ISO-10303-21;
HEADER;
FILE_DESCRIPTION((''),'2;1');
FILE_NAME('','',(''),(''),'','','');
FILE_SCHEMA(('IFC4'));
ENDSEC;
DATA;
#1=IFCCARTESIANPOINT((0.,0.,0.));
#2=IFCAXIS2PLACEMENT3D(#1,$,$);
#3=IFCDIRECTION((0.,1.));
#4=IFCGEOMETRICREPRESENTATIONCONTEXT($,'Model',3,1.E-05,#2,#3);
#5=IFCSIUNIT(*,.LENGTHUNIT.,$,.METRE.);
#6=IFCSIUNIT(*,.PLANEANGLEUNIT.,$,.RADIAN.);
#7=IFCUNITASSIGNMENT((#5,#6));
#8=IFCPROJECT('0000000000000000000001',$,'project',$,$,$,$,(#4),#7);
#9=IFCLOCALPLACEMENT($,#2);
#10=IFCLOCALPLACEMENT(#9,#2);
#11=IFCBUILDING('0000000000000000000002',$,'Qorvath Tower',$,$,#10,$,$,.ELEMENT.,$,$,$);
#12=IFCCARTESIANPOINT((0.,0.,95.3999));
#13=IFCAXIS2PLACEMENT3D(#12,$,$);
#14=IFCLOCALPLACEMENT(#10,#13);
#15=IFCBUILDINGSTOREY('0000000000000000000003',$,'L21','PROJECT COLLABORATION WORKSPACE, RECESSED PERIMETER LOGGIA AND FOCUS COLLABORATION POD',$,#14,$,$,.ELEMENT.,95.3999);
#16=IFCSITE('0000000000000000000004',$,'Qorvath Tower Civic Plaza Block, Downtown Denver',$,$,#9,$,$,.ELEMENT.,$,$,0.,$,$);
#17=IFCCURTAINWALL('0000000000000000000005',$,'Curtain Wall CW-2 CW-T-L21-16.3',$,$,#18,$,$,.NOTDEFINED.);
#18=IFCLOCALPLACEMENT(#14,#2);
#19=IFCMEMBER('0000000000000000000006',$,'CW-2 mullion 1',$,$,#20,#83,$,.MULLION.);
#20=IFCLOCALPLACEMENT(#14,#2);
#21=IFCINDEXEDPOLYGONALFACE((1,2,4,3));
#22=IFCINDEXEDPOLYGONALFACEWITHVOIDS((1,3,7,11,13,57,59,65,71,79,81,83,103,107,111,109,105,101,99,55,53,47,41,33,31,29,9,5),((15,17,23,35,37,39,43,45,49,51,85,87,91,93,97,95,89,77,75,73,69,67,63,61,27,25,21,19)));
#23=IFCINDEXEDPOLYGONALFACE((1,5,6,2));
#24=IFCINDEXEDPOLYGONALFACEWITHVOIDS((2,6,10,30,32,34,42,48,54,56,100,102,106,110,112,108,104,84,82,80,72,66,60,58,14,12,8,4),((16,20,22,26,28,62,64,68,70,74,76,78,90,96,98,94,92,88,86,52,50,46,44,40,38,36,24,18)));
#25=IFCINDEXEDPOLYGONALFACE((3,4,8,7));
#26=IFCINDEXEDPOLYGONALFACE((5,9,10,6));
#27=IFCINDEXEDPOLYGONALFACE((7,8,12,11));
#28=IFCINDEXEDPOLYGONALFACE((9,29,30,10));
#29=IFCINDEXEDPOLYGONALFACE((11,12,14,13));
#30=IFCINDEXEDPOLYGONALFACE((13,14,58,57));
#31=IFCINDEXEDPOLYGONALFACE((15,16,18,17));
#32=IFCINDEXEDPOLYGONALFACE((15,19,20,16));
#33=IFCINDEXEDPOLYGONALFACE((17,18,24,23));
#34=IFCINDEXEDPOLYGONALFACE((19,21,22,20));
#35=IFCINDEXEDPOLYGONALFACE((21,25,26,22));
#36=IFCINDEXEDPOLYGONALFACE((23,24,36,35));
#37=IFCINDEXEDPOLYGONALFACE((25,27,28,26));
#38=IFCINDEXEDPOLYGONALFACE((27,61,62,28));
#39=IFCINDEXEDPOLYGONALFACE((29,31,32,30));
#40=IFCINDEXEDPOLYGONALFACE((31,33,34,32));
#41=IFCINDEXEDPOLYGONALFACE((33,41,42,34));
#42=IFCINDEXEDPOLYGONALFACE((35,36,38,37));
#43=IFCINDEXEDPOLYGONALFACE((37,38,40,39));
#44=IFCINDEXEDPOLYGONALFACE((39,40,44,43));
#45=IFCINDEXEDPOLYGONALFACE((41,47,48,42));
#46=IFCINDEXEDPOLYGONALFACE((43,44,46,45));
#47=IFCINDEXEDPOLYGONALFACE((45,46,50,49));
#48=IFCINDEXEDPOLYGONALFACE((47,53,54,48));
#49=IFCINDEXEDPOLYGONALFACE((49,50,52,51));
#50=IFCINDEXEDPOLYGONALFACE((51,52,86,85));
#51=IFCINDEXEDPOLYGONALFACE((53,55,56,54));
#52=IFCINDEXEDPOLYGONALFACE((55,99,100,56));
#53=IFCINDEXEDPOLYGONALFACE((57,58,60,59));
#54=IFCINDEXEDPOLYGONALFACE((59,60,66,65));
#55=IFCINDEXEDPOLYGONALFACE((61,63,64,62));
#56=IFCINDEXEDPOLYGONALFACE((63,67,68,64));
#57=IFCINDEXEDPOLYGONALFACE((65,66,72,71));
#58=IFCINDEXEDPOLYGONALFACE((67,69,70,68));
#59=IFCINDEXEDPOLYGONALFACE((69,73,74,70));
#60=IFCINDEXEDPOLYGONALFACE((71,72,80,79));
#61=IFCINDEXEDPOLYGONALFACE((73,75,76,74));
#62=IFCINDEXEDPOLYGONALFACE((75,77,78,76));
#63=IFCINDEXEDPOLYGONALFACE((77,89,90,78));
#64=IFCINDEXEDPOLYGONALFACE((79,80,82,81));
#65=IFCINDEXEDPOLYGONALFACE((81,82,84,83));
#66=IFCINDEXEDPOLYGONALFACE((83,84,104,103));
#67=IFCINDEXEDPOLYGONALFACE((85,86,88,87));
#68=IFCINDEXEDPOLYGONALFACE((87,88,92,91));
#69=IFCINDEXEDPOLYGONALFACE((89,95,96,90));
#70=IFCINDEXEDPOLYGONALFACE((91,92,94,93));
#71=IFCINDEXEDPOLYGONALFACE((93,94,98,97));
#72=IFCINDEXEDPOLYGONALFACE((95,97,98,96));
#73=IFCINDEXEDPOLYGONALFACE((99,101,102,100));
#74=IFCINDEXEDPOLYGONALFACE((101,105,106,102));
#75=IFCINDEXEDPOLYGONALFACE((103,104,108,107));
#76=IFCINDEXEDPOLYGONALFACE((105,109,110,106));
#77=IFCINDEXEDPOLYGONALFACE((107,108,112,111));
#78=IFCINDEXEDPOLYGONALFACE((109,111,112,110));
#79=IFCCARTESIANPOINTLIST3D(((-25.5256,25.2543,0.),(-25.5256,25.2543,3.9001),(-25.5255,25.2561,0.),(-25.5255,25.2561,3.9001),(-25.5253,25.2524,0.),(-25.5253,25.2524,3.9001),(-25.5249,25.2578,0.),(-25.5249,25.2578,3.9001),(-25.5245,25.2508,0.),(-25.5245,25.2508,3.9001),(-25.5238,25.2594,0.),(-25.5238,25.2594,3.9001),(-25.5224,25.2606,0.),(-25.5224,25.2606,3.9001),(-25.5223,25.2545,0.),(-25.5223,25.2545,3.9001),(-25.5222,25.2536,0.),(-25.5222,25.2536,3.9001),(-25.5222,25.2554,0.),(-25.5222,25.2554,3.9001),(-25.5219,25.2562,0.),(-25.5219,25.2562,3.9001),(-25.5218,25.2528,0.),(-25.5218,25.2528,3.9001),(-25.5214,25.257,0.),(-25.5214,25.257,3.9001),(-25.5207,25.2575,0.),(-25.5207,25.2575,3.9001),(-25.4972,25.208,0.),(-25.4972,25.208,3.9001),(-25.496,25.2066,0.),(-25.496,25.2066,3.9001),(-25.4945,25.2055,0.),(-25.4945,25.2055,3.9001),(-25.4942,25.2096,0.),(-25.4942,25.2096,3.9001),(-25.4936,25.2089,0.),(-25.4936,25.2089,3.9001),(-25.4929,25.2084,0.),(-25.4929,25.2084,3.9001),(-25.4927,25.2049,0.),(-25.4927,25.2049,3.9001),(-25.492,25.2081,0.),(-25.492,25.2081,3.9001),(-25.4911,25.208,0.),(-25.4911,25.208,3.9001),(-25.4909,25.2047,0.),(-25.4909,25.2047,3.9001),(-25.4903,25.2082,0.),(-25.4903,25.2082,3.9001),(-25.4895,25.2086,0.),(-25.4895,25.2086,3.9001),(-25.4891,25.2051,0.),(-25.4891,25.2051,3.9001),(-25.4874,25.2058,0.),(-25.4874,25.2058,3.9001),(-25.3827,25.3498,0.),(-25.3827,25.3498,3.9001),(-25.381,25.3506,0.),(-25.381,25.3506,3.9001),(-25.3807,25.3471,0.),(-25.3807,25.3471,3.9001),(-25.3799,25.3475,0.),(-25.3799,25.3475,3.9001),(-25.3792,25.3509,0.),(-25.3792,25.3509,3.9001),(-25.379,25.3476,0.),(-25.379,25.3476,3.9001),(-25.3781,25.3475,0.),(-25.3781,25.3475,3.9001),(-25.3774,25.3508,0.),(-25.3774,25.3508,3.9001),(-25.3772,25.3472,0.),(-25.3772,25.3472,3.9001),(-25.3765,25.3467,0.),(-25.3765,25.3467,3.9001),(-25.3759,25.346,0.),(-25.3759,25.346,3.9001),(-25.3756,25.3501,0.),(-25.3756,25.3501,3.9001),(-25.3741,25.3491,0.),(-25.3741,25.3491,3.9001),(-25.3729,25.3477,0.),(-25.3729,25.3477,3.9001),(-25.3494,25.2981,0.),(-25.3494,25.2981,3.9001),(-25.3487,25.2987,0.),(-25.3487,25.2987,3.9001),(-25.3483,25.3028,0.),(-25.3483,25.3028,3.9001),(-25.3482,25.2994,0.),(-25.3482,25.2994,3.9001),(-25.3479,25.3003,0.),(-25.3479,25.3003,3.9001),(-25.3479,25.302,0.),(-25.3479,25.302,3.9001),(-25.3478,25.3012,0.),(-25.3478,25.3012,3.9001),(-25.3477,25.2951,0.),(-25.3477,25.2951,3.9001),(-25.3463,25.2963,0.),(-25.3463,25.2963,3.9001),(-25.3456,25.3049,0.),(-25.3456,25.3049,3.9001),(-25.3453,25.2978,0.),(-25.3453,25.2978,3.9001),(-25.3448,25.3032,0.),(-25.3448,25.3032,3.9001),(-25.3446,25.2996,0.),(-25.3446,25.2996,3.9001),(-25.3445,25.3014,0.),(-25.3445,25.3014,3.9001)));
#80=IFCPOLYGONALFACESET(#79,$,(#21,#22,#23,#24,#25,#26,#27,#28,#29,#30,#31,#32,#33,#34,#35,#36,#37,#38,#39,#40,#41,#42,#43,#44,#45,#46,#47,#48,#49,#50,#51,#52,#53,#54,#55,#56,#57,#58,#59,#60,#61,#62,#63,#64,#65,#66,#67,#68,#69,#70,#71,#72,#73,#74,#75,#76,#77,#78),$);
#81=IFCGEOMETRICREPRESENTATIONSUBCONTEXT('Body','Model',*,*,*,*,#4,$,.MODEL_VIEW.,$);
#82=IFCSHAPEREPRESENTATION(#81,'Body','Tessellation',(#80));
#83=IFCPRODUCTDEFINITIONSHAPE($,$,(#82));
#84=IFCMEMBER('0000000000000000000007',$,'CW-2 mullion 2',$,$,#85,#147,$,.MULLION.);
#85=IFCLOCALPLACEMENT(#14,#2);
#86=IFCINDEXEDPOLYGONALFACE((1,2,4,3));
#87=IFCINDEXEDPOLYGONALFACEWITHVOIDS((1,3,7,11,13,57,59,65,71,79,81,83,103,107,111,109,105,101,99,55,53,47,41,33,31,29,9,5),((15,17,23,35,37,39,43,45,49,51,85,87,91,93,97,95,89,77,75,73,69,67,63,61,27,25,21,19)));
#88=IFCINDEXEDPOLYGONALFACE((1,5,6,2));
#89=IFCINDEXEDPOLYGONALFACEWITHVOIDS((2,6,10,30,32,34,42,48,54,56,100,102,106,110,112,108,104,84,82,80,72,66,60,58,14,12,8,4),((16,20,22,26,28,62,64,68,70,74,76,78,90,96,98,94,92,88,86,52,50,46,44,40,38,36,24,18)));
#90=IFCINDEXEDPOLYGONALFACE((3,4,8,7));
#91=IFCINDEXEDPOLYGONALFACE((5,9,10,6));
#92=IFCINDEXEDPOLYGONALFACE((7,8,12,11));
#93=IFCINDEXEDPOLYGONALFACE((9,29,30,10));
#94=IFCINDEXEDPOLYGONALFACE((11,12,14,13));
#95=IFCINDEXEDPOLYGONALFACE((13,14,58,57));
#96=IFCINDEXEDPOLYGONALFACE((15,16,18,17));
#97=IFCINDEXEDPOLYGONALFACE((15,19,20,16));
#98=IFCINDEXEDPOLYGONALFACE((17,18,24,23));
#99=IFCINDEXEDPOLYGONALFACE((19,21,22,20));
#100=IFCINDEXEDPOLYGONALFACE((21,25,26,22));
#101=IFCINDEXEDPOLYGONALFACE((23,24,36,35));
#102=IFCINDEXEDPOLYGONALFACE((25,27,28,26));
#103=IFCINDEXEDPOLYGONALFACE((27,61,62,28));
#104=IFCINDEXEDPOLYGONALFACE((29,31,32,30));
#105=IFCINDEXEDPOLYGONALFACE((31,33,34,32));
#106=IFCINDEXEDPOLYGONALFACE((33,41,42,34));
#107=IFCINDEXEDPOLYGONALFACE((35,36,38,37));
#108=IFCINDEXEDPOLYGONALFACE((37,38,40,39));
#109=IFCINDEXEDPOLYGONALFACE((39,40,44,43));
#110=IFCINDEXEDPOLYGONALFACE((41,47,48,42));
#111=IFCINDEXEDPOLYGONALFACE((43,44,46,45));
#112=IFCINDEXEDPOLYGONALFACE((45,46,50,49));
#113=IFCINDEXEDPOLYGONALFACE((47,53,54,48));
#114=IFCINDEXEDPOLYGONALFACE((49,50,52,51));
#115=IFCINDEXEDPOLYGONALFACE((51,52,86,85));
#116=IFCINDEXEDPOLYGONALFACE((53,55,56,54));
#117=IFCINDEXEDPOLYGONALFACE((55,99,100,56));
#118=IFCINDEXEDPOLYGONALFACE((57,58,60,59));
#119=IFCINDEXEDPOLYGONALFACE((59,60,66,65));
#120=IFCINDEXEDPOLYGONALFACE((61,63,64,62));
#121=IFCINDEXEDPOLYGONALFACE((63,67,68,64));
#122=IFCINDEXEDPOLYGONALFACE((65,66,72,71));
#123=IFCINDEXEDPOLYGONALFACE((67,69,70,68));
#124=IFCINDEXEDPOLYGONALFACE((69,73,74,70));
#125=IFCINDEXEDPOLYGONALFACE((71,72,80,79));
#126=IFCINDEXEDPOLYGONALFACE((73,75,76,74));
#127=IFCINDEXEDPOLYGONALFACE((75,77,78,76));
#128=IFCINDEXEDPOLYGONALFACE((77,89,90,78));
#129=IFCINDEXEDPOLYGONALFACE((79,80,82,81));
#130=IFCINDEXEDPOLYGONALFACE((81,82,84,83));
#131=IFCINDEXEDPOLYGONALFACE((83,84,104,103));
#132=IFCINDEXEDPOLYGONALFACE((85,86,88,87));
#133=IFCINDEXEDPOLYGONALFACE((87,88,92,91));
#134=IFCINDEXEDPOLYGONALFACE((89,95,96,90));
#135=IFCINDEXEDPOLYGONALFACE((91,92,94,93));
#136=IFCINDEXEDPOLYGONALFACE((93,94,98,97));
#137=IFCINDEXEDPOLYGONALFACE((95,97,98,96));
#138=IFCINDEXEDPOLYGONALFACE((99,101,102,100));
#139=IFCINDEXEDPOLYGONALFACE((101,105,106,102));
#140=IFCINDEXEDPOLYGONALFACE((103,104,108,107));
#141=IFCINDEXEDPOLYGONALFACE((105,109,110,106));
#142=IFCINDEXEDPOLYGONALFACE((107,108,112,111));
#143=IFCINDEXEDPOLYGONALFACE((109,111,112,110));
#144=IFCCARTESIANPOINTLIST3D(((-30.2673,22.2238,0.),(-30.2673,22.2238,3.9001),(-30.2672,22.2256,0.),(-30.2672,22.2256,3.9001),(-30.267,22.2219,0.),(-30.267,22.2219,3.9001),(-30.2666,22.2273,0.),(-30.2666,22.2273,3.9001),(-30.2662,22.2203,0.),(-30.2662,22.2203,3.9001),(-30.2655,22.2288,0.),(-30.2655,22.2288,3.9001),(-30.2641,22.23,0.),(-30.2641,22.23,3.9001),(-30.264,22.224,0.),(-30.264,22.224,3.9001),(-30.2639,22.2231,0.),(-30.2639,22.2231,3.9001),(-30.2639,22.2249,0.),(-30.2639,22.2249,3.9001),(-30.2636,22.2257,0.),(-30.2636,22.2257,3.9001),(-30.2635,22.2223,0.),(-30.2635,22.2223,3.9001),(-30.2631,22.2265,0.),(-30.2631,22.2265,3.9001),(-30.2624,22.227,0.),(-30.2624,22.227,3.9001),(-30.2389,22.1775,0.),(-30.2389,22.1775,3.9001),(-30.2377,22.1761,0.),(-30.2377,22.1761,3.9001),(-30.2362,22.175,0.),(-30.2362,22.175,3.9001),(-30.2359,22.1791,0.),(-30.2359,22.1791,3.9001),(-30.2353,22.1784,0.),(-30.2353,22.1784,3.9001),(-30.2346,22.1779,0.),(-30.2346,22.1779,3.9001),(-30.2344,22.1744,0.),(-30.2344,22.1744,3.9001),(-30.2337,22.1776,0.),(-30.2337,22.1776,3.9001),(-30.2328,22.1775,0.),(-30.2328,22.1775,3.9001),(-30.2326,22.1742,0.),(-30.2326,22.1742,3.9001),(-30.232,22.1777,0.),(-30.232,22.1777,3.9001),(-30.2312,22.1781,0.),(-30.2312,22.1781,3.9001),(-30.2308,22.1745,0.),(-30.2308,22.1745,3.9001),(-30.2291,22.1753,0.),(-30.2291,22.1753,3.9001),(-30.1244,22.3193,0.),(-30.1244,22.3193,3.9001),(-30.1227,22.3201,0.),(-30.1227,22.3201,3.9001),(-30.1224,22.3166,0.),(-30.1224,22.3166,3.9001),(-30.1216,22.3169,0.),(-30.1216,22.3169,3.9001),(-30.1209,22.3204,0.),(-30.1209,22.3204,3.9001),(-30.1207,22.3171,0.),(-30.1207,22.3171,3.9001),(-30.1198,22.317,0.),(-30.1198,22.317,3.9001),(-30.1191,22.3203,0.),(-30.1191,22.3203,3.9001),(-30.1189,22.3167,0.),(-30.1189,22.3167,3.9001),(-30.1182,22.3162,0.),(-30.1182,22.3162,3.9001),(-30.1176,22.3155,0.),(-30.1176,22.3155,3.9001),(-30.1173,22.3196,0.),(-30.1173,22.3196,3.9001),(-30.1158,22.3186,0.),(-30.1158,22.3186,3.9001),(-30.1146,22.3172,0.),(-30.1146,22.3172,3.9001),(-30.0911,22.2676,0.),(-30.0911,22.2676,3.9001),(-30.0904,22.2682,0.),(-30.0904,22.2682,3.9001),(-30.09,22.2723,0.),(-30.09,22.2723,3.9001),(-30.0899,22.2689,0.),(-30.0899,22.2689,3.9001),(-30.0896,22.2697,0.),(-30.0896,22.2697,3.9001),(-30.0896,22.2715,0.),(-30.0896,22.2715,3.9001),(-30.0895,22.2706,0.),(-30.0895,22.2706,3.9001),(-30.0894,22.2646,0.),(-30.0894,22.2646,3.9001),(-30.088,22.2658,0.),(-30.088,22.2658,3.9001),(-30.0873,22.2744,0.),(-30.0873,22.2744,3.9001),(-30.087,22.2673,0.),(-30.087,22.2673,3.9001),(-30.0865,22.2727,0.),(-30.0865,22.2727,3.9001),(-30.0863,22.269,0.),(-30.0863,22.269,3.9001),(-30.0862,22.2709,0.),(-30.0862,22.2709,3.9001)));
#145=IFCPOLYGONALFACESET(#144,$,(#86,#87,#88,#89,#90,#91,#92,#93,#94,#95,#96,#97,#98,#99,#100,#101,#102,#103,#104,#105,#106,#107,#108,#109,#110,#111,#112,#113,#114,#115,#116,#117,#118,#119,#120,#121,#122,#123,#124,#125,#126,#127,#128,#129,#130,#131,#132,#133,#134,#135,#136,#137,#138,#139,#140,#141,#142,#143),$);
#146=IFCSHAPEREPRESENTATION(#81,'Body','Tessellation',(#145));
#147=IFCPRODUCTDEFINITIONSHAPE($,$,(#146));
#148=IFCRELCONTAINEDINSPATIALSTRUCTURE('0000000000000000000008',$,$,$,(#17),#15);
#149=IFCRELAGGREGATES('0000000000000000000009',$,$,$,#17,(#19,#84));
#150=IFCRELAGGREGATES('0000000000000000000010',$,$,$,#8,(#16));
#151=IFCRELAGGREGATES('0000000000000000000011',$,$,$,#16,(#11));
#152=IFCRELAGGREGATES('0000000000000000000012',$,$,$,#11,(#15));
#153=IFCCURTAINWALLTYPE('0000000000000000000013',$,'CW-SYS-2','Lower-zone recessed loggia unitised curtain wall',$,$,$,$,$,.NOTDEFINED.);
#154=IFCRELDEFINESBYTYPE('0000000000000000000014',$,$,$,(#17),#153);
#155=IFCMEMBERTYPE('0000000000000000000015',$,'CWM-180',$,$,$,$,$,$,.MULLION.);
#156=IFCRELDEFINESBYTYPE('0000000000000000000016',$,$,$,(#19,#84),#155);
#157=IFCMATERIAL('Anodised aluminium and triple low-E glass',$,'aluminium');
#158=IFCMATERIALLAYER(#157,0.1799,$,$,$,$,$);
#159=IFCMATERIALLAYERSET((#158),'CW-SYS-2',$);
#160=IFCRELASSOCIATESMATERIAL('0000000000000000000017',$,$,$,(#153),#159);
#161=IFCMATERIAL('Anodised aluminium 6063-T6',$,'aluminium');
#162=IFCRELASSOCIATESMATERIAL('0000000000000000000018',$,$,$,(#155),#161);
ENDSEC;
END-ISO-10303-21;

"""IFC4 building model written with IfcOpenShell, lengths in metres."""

from ifc_helpers import new_model, si_unit, direction, frame, origin, origin_2d, place, context, subcontext, project, spatial, hollow_rectangle, extrude, material, layer, layer_set, material_profile, profile_set, type_object, element, aggregate, save


model = new_model("IFC4")

# Units and contexts
model_context = context("Model", 3, precision=1e-05, world=origin(), true_north=direction((0.0, 1.0)))
body_context = subcontext(model_context, "Body", "Model", "MODEL_VIEW")
ifc_project = project(units=[si_unit("LENGTHUNIT", "METRE"), si_unit("PLANEANGLEUNIT", "RADIAN")], contexts=[model_context])

# Site, building, storey
site_placement = place(None, origin())
site = spatial("IfcSite", under=ifc_project, at=site_placement, Name="Qorvath Tower Civic Plaza Block, Downtown Denver", CompositionType="ELEMENT", RefElevation=0.0)
building_placement = place(site_placement, origin())
building = spatial("IfcBuilding", under=site, at=building_placement, Name="Qorvath Tower", CompositionType="ELEMENT")
storey_placement = place(building_placement, frame((0.0, 0.0, 95.3999)))
storey = spatial("IfcBuildingStorey", under=building, at=storey_placement, Name="L21", Description="PROJECT COLLABORATION WORKSPACE, RECESSED PERIMETER LOGGIA AND FOCUS COLLABORATION POD", CompositionType="ELEMENT", Elevation=95.3999)

# Curtain wall, members
ifc_material_1 = material(Name="Anodised aluminium and triple low-E glass", Category="aluminium")
ifc_layer_1 = layer(ifc_material_1, 0.1799)
ifc_layer_set_1 = layer_set([ifc_layer_1], Name="CW-SYS-2")
curtain_wall_type = type_object("IfcCurtainWallType", Name="CW-SYS-2", Description="Lower-zone recessed loggia unitised curtain wall", PredefinedType="NOTDEFINED", material=ifc_layer_set_1)
ifc_material_2 = material(Name="Anodised aluminium 6063-T6", Category="aluminium")
ifc_material_profile_1 = material_profile(ifc_material_2, hollow_rectangle(XDim=0.0649, YDim=0.1799, WallThickness=0.0034, InnerFilletRadius=0.0034, OuterFilletRadius=0.0071, at=origin_2d()), Name="CWM 180x65")
ifc_profile_set_1 = profile_set([ifc_material_profile_1], Name="Anodised aluminium 6063-T6")
member_type_1 = type_object("IfcMemberType", Name="CWM-180", PredefinedType="MULLION", material=ifc_profile_set_1)
curtain_wall_1_placement = place(storey_placement, origin())
curtain_wall_1 = element("IfcCurtainWall", 1, at=curtain_wall_1_placement, inside=storey, type_object=curtain_wall_type, Name="Curtain Wall CW-2 CW-T-L21-16.3", PredefinedType="NOTDEFINED")
member_1_placement = place(storey_placement, frame((-25.4351, 25.2778, 0.0), z_axis=(0.0, 0.0, 1.0), x_axis=(0.538541, -0.842599, 0.0)))
member_1 = element("IfcMember", 2, at=member_1_placement, type_object=member_type_1, Name="CW-2 mullion 1", PredefinedType="MULLION", context=body_context, shape_type="SweptSolid", body=[
    extrude(hollow_rectangle(XDim=0.0649, YDim=0.1799, WallThickness=0.0034, InnerFilletRadius=0.0034, OuterFilletRadius=0.0071, at=origin_2d()), origin(), (0.0, 0.0, 1.0), 3.9001),
])
member_2_placement = place(storey_placement, frame((-30.1768, 22.2473, 0.0), z_axis=(0.0, 0.0, 1.0), x_axis=(0.538541, -0.842599, 0.0)))
member_2 = element("IfcMember", 3, at=member_2_placement, type_object=member_type_1, Name="CW-2 mullion 2", PredefinedType="MULLION", context=body_context, shape_type="SweptSolid", body=[
    extrude(hollow_rectangle(XDim=0.0649, YDim=0.1799, WallThickness=0.0034, InnerFilletRadius=0.0034, OuterFilletRadius=0.0071, at=origin_2d()), origin(), (0.0, 0.0, 1.0), 3.9001),
])

aggregate(curtain_wall_1, [member_1, member_2])

save(model, "model.ifc")
